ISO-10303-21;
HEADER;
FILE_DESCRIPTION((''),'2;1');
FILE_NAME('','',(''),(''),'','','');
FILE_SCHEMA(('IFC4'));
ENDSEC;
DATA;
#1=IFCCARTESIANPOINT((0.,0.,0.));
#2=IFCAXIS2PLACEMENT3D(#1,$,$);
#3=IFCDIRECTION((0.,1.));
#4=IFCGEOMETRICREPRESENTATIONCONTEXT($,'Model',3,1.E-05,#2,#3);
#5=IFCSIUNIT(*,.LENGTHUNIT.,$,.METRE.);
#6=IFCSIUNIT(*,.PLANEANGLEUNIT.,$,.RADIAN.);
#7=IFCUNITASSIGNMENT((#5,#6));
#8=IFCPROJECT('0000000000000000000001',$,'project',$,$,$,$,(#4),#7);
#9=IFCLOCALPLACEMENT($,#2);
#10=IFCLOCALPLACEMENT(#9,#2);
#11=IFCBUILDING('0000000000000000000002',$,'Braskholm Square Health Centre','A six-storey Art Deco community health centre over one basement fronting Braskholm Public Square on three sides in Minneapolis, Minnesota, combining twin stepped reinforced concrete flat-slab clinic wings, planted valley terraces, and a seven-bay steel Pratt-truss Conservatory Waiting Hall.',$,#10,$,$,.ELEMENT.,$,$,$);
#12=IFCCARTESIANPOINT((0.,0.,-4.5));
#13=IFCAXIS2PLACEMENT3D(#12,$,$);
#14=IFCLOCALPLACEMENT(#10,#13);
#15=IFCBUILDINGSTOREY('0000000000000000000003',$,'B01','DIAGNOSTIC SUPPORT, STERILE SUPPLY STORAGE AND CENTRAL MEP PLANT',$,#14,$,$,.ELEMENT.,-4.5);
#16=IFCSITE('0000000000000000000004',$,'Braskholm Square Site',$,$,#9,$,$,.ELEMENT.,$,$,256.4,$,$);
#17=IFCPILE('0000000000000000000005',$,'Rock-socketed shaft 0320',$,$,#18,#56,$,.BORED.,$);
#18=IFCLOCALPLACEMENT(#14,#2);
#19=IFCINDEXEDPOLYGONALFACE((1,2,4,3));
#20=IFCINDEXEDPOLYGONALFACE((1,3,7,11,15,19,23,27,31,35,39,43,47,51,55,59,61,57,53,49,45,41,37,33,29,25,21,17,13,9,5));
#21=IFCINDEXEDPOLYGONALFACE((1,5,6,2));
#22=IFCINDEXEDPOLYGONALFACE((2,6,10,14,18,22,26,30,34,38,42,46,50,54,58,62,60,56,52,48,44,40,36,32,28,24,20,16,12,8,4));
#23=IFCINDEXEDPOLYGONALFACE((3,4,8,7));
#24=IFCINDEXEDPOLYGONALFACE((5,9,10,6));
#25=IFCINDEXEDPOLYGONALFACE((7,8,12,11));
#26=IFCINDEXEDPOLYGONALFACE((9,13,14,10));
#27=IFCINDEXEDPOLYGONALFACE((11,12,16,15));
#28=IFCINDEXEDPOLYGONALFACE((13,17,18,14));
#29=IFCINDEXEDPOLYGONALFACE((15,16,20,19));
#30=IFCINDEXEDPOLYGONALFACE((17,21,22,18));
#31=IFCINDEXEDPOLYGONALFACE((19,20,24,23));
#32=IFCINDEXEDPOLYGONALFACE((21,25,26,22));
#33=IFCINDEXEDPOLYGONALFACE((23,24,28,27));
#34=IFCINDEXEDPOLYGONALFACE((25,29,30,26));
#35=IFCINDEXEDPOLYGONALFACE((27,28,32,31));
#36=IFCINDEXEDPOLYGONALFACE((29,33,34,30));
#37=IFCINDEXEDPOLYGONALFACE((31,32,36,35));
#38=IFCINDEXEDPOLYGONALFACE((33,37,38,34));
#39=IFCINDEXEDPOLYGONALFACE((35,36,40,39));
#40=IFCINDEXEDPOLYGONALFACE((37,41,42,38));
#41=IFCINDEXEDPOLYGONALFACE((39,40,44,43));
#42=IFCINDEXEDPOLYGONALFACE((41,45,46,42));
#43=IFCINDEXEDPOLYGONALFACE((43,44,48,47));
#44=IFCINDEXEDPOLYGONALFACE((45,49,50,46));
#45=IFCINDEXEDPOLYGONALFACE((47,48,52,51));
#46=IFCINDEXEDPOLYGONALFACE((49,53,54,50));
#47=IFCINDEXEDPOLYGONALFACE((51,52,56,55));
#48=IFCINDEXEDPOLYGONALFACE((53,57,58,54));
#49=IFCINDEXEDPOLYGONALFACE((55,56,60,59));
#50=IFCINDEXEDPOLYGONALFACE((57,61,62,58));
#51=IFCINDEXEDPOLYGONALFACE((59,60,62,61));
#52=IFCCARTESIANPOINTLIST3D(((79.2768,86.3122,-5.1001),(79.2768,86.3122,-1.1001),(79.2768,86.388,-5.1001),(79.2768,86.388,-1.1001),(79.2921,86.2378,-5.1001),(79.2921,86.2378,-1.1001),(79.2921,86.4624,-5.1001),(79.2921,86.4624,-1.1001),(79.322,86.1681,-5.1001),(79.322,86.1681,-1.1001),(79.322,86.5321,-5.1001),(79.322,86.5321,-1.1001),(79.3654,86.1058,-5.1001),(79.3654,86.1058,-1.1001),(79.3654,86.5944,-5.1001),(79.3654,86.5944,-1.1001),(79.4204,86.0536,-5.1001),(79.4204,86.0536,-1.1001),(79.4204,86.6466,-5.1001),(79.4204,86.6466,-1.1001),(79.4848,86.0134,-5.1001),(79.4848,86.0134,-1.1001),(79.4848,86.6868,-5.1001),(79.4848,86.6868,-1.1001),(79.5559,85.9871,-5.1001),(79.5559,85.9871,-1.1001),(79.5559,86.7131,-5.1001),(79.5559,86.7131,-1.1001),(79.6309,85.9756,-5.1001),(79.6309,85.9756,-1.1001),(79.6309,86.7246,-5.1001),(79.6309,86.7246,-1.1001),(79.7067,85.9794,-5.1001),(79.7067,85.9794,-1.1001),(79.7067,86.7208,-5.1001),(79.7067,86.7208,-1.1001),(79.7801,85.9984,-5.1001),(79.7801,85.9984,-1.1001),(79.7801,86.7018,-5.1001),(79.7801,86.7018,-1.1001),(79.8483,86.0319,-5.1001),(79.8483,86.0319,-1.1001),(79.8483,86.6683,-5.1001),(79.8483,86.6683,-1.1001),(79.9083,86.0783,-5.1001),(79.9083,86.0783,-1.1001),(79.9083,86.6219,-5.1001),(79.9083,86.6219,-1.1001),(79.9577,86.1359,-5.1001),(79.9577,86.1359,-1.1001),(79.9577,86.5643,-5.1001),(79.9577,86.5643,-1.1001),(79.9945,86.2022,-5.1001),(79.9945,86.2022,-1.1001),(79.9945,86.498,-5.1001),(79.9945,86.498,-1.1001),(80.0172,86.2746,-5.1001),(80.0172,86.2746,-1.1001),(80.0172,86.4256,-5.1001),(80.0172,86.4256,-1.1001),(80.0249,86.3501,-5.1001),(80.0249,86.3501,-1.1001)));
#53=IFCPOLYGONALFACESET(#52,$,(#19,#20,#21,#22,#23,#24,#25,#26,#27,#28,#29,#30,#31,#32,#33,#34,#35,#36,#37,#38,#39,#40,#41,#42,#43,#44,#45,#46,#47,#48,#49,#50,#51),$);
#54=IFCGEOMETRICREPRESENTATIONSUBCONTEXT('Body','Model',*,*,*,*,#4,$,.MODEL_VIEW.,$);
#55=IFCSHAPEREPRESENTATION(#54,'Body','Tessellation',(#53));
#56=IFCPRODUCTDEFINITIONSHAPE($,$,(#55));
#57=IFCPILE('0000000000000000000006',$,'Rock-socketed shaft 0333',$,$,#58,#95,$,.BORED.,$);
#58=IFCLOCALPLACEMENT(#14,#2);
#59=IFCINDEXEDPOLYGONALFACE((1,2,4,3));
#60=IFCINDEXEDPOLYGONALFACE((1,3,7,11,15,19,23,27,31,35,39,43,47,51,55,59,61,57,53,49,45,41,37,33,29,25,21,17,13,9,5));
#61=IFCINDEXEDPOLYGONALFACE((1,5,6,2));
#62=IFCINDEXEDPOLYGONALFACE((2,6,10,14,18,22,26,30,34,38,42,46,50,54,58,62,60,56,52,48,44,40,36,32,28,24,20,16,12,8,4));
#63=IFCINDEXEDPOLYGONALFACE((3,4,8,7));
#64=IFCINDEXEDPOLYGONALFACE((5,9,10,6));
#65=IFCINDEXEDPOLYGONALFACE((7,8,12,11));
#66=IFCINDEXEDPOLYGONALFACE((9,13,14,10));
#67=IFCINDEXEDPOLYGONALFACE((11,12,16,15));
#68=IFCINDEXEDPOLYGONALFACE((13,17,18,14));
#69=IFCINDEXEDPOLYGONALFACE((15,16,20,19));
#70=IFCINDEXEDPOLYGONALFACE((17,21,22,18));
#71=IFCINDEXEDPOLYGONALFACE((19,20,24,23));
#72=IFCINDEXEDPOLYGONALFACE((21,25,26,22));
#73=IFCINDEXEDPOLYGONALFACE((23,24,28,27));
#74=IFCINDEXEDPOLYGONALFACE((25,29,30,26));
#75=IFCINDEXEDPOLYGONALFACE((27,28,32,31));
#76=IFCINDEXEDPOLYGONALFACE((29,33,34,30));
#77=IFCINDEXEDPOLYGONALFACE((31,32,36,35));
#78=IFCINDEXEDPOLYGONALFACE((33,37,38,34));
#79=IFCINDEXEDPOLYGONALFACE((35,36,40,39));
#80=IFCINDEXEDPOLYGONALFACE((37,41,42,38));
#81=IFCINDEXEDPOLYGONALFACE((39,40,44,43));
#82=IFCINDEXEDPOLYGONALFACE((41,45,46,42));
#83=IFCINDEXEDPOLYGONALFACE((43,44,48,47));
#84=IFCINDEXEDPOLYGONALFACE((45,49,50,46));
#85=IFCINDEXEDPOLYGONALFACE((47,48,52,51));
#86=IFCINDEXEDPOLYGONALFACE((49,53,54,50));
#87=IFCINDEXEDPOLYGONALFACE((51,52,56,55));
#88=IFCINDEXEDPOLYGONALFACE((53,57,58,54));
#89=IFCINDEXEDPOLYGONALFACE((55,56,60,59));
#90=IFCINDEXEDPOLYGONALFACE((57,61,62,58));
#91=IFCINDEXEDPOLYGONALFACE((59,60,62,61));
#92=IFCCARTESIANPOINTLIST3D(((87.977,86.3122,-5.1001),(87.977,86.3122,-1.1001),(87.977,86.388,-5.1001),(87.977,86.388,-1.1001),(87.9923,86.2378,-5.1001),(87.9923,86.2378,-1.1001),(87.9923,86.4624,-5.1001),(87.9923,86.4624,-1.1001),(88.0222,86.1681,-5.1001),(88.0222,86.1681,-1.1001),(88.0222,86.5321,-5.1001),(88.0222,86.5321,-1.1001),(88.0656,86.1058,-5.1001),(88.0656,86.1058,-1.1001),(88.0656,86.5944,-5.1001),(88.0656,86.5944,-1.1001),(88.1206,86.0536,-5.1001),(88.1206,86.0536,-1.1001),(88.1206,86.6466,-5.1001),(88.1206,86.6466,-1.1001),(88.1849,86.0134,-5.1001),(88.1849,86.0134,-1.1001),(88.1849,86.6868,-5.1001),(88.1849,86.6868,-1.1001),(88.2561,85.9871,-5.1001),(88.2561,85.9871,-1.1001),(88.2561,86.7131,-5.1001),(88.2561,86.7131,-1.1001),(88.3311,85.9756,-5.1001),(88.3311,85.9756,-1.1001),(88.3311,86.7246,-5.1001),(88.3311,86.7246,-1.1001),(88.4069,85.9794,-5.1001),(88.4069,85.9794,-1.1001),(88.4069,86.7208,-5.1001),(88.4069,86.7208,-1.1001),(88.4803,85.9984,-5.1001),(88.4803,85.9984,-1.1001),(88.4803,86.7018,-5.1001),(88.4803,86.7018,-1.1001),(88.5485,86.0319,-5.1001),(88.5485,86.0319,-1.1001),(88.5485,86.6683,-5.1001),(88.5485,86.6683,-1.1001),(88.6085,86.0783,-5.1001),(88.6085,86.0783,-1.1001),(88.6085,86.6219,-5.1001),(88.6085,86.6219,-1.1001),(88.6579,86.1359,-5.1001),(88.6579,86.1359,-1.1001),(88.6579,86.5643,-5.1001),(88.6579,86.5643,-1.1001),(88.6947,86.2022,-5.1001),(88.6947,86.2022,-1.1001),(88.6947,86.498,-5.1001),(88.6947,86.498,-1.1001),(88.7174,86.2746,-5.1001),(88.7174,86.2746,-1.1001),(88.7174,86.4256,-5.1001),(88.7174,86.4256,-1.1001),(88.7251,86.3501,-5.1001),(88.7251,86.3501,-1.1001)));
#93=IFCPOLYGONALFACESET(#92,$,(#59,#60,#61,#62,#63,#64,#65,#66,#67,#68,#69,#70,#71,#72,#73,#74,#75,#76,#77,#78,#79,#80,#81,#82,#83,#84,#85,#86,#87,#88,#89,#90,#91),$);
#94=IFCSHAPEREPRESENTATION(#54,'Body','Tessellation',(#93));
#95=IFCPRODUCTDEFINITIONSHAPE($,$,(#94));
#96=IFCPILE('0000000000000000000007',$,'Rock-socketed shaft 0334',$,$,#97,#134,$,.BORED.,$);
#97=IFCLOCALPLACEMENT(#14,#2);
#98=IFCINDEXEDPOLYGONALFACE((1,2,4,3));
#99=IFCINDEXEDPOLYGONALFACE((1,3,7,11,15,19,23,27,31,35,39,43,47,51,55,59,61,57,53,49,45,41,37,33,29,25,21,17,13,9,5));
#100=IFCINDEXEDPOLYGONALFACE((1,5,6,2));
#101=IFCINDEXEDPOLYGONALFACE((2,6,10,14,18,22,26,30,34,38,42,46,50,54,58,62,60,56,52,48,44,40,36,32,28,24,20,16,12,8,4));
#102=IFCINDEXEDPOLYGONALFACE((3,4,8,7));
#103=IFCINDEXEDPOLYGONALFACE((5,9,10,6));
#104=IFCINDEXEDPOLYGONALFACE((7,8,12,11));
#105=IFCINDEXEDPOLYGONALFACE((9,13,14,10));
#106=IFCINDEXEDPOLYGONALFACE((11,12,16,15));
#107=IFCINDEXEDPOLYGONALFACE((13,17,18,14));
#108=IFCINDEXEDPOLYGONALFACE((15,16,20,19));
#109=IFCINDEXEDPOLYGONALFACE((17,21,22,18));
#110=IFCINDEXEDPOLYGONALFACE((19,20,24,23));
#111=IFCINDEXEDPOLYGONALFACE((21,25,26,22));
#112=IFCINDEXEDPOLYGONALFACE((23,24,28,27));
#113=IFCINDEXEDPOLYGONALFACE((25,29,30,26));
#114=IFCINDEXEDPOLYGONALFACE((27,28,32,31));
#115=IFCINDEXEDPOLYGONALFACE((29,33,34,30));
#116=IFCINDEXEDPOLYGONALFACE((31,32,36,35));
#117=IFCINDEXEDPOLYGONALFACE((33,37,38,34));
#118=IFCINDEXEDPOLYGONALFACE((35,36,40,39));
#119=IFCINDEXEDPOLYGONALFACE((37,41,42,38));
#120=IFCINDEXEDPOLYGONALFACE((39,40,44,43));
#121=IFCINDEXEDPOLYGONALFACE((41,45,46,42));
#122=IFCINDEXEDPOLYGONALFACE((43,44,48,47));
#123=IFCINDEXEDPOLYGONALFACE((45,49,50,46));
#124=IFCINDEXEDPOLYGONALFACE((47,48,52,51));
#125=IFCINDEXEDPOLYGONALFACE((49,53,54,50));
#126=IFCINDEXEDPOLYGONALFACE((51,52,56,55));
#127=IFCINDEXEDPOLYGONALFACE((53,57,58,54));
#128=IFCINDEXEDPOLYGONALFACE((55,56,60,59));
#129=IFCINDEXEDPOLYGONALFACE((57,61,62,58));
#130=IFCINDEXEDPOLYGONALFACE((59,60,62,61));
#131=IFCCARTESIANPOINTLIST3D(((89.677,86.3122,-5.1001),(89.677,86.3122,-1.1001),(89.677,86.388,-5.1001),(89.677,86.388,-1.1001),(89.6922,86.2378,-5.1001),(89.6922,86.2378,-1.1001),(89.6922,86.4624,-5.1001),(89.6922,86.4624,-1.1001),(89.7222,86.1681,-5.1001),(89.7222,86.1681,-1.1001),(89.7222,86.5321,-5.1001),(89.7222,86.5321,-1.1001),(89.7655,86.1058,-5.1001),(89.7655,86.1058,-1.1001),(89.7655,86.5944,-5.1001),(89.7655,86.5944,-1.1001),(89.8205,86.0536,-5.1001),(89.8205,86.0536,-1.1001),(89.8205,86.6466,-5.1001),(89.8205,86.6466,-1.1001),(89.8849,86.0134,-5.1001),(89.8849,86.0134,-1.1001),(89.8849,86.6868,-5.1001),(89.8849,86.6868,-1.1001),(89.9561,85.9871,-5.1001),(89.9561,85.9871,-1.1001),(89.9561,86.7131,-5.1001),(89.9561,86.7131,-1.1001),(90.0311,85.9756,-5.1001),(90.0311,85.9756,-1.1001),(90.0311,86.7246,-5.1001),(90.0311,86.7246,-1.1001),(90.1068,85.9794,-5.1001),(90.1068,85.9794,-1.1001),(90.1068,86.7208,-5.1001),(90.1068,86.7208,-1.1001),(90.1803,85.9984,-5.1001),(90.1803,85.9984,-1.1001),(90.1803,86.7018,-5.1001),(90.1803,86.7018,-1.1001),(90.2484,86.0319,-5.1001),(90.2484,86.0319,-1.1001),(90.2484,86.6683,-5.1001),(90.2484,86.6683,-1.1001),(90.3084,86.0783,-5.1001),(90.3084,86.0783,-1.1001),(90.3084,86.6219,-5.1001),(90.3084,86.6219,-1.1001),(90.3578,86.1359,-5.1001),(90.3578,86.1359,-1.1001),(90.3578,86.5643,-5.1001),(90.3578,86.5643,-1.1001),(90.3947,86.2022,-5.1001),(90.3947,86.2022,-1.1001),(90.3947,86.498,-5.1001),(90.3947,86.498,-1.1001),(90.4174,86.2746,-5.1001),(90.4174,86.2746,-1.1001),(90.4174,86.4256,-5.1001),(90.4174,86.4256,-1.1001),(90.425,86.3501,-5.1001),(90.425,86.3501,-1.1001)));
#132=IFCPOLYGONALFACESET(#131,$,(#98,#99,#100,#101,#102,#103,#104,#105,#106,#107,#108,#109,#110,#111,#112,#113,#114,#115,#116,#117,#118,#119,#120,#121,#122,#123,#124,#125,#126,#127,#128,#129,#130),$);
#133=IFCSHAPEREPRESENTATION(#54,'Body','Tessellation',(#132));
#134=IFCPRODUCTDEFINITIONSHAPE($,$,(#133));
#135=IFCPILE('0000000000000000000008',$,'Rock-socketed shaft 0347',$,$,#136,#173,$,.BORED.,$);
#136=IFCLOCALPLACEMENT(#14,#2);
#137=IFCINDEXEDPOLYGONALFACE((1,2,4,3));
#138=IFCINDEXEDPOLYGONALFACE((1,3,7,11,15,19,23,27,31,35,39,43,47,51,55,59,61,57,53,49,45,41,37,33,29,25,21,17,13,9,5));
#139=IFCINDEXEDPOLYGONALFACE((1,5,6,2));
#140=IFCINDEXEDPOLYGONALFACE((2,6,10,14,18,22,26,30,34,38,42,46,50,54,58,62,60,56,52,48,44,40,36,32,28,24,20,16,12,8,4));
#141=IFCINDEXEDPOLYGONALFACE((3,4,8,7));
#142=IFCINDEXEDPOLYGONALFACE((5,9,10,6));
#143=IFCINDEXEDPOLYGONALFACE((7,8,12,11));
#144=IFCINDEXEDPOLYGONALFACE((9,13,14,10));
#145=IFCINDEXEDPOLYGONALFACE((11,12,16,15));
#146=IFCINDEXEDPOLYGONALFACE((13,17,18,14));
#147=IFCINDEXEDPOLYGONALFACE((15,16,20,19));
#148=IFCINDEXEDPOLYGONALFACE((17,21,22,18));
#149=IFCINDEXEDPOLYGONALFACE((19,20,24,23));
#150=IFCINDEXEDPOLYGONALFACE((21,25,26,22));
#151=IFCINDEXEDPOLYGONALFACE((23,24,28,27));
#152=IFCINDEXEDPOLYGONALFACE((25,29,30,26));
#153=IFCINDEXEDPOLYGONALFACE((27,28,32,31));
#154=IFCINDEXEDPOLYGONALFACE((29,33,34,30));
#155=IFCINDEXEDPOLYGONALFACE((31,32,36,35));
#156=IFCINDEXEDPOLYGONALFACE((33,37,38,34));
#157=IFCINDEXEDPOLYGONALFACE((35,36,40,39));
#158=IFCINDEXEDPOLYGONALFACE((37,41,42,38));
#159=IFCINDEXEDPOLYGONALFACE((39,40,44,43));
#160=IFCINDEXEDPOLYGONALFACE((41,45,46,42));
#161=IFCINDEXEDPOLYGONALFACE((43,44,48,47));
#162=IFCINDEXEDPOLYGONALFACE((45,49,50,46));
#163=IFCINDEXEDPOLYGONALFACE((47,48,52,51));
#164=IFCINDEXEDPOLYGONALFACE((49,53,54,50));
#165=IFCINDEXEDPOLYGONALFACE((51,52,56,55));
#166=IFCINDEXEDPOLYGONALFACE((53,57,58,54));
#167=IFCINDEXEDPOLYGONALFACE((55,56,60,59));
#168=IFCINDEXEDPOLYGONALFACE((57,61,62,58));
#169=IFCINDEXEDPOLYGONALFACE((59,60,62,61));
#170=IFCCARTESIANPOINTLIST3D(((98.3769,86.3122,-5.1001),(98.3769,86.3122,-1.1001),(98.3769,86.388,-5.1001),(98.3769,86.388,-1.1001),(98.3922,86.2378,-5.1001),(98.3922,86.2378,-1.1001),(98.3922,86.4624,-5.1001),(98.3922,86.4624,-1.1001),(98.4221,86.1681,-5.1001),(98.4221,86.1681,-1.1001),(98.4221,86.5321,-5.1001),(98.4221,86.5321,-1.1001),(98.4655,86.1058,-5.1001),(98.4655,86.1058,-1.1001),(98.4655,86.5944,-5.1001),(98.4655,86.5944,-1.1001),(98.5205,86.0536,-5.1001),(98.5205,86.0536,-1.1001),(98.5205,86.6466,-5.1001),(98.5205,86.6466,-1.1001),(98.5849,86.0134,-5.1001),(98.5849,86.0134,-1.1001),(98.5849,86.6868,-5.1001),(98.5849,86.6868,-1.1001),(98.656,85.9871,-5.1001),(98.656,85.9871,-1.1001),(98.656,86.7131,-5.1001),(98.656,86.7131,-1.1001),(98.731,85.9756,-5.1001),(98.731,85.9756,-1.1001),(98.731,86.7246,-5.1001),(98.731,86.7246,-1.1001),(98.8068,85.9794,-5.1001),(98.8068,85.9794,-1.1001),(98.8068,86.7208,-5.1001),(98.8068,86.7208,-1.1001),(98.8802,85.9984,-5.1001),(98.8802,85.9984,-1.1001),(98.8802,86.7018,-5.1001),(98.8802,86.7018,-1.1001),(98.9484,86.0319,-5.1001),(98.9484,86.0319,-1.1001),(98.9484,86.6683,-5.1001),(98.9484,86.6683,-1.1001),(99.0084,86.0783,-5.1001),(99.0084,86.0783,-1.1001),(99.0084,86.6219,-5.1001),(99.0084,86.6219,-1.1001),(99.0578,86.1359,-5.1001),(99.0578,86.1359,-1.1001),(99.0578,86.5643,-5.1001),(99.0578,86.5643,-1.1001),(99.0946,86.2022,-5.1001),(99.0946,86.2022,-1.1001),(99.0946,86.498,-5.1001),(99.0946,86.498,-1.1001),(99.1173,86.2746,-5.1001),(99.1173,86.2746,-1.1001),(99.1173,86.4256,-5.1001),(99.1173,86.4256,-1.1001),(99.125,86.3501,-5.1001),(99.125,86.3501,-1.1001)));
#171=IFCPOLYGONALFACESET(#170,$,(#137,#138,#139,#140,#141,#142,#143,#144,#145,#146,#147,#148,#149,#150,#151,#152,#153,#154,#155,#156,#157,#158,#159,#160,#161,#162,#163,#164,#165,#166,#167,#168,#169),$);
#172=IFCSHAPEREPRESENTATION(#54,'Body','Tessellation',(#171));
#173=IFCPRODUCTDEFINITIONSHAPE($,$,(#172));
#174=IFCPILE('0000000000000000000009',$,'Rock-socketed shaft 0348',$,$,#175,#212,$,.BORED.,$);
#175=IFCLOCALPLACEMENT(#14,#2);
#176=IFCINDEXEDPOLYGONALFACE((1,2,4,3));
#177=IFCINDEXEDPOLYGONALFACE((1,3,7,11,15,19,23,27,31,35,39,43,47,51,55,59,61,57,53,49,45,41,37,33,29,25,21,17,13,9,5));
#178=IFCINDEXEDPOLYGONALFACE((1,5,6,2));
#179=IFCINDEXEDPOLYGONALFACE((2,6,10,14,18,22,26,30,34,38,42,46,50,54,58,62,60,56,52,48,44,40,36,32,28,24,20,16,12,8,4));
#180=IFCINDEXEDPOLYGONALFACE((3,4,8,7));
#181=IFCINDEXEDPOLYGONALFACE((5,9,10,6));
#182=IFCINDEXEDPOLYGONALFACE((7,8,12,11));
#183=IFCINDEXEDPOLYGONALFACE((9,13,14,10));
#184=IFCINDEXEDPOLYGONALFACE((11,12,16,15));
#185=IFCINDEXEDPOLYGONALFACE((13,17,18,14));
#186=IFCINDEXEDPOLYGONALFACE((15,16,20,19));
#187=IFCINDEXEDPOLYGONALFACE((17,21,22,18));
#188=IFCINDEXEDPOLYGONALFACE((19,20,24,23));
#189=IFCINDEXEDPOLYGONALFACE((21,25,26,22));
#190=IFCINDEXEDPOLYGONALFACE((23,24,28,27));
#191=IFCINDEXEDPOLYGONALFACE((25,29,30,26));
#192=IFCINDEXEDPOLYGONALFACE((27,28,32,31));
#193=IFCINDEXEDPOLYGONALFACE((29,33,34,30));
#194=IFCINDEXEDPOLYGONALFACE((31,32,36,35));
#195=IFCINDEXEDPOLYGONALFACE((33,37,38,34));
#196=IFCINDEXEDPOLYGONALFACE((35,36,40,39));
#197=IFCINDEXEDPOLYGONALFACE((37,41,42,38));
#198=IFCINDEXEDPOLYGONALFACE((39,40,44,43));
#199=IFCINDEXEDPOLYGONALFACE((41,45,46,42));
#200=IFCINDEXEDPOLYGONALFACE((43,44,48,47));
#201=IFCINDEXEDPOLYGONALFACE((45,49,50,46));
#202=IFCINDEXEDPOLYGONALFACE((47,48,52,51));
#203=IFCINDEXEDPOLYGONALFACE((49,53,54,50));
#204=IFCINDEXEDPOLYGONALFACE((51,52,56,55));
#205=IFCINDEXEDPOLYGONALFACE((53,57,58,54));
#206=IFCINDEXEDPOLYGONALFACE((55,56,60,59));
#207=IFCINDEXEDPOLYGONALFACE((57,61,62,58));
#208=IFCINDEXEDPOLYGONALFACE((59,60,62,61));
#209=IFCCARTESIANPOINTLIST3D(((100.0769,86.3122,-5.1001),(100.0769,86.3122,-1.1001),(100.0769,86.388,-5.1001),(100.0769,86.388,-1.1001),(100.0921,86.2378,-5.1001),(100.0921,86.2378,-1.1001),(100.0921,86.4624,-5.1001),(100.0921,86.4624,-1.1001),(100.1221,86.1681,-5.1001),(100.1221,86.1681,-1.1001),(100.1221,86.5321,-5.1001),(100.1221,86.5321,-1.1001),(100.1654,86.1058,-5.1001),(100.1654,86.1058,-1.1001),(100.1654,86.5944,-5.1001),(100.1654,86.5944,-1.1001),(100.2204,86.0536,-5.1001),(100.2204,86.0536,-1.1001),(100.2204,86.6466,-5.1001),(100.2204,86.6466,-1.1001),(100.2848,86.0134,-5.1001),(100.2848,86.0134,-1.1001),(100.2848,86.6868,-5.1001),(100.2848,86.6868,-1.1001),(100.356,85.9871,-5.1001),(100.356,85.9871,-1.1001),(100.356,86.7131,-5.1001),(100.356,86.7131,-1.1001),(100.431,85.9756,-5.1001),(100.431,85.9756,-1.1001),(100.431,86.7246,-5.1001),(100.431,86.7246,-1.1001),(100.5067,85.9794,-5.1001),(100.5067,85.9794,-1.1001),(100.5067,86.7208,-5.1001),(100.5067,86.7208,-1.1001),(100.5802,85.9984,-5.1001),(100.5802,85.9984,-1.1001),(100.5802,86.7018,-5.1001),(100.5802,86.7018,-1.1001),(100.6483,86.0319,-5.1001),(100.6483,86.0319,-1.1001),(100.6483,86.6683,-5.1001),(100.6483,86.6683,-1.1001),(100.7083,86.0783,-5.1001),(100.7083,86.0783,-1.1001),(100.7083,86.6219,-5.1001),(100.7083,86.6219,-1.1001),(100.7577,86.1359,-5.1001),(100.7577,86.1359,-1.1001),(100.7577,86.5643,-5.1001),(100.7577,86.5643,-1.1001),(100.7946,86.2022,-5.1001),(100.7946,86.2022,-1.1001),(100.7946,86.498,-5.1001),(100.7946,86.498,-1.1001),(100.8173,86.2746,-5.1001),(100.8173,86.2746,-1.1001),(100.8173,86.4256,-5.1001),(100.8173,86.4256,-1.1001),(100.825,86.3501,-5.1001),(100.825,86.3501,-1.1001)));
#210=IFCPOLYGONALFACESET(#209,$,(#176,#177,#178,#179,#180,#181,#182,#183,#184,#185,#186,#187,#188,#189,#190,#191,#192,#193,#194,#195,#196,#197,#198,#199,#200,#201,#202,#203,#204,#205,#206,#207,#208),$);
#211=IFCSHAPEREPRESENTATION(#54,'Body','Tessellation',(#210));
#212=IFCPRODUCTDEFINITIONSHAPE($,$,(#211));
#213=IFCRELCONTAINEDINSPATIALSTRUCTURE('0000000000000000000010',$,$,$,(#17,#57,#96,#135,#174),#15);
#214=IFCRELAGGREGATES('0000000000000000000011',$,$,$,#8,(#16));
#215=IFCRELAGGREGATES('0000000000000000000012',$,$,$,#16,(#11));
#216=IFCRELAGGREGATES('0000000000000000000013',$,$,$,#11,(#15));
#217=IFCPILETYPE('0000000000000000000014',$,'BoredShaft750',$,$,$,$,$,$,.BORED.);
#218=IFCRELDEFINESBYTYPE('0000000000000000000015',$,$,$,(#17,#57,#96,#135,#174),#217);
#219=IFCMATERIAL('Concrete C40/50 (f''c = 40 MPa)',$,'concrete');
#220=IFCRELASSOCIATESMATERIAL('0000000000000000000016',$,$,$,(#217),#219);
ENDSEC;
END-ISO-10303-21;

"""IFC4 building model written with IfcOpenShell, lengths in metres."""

from ifc_helpers import new_model, si_unit, direction, frame, origin, origin_2d, place, context, subcontext, project, spatial, circle, extrude, material, material_profile, profile_set, type_object, element, save


model = new_model("IFC4")

# Units and contexts
model_context = context("Model", 3, precision=1e-05, world=origin(), true_north=direction((0.0, 1.0)))
body_context = subcontext(model_context, "Body", "Model", "MODEL_VIEW")
ifc_project = project(units=[si_unit("LENGTHUNIT", "METRE"), si_unit("PLANEANGLEUNIT", "RADIAN")], contexts=[model_context])

# Site, building, storey
site_placement = place(None, origin())
site = spatial("IfcSite", under=ifc_project, at=site_placement, Name="Braskholm Square Site", CompositionType="ELEMENT", RefElevation=256.4)
building_placement = place(site_placement, origin())
building = spatial("IfcBuilding", under=site, at=building_placement, Name="Braskholm Square Health Centre", Description="A six-storey Art Deco community health centre over one basement fronting Braskholm Public Square on three sides in Minneapolis, Minnesota, combining twin stepped reinforced concrete flat-slab clinic wings, planted valley terraces, and a seven-bay steel Pratt-truss Conservatory Waiting Hall.", CompositionType="ELEMENT")
storey_placement = place(building_placement, frame((0.0, 0.0, -4.5)))
storey = spatial("IfcBuildingStorey", under=building, at=storey_placement, Name="B01", Description="DIAGNOSTIC SUPPORT, STERILE SUPPLY STORAGE AND CENTRAL MEP PLANT", CompositionType="ELEMENT", Elevation=-4.5)

# Piles
ifc_material_1 = material(Name="Concrete C40/50 (f'c = 40 MPa)", Category="concrete")
ifc_material_profile_1 = material_profile(ifc_material_1, circle(Radius=0.375, at=origin_2d()), Name="BORED-PILE-750")
ifc_profile_set_1 = profile_set([ifc_material_profile_1], Name="Concrete C40/50 (f'c = 40 MPa)")
pile_type_1 = type_object("IfcPileType", Name="BoredShaft750", PredefinedType="BORED", material=ifc_profile_set_1)
for number, where, z_axis, x_axis, name in (
    (1, (79.6499, 86.3501, -1.1001), (0.0, 0.0, -1.0), (1.0, 0.0, 0.0), "Rock-socketed shaft 0320"),
    (2, (88.3501, 86.3501, -1.1001), (0.0, 0.0, -1.0), (1.0, 0.0, 0.0), "Rock-socketed shaft 0333"),
    (3, (90.05, 86.3501, -1.1001), (0.0, 0.0, -1.0), (1.0, 0.0, 0.0), "Rock-socketed shaft 0334"),
    (4, (98.75, 86.3501, -1.1001), (0.0, 0.0, -1.0), (1.0, 0.0, 0.0), "Rock-socketed shaft 0347"),
    (5, (100.45, 86.3501, -1.1001), (0.0, 0.0, -1.0), (1.0, 0.0, 0.0), "Rock-socketed shaft 0348"),
):
    element("IfcPile", number, at=place(storey_placement, frame(where, z_axis=z_axis, x_axis=x_axis)), inside=storey, type_object=pile_type_1, Name=name, PredefinedType="BORED", context=body_context, shape_type="SweptSolid", body=[
        extrude(circle(Radius=0.375, at=origin_2d()), origin(), (0.0, 0.0, 1.0), 4.0),
    ])

save(model, "model.ifc")
